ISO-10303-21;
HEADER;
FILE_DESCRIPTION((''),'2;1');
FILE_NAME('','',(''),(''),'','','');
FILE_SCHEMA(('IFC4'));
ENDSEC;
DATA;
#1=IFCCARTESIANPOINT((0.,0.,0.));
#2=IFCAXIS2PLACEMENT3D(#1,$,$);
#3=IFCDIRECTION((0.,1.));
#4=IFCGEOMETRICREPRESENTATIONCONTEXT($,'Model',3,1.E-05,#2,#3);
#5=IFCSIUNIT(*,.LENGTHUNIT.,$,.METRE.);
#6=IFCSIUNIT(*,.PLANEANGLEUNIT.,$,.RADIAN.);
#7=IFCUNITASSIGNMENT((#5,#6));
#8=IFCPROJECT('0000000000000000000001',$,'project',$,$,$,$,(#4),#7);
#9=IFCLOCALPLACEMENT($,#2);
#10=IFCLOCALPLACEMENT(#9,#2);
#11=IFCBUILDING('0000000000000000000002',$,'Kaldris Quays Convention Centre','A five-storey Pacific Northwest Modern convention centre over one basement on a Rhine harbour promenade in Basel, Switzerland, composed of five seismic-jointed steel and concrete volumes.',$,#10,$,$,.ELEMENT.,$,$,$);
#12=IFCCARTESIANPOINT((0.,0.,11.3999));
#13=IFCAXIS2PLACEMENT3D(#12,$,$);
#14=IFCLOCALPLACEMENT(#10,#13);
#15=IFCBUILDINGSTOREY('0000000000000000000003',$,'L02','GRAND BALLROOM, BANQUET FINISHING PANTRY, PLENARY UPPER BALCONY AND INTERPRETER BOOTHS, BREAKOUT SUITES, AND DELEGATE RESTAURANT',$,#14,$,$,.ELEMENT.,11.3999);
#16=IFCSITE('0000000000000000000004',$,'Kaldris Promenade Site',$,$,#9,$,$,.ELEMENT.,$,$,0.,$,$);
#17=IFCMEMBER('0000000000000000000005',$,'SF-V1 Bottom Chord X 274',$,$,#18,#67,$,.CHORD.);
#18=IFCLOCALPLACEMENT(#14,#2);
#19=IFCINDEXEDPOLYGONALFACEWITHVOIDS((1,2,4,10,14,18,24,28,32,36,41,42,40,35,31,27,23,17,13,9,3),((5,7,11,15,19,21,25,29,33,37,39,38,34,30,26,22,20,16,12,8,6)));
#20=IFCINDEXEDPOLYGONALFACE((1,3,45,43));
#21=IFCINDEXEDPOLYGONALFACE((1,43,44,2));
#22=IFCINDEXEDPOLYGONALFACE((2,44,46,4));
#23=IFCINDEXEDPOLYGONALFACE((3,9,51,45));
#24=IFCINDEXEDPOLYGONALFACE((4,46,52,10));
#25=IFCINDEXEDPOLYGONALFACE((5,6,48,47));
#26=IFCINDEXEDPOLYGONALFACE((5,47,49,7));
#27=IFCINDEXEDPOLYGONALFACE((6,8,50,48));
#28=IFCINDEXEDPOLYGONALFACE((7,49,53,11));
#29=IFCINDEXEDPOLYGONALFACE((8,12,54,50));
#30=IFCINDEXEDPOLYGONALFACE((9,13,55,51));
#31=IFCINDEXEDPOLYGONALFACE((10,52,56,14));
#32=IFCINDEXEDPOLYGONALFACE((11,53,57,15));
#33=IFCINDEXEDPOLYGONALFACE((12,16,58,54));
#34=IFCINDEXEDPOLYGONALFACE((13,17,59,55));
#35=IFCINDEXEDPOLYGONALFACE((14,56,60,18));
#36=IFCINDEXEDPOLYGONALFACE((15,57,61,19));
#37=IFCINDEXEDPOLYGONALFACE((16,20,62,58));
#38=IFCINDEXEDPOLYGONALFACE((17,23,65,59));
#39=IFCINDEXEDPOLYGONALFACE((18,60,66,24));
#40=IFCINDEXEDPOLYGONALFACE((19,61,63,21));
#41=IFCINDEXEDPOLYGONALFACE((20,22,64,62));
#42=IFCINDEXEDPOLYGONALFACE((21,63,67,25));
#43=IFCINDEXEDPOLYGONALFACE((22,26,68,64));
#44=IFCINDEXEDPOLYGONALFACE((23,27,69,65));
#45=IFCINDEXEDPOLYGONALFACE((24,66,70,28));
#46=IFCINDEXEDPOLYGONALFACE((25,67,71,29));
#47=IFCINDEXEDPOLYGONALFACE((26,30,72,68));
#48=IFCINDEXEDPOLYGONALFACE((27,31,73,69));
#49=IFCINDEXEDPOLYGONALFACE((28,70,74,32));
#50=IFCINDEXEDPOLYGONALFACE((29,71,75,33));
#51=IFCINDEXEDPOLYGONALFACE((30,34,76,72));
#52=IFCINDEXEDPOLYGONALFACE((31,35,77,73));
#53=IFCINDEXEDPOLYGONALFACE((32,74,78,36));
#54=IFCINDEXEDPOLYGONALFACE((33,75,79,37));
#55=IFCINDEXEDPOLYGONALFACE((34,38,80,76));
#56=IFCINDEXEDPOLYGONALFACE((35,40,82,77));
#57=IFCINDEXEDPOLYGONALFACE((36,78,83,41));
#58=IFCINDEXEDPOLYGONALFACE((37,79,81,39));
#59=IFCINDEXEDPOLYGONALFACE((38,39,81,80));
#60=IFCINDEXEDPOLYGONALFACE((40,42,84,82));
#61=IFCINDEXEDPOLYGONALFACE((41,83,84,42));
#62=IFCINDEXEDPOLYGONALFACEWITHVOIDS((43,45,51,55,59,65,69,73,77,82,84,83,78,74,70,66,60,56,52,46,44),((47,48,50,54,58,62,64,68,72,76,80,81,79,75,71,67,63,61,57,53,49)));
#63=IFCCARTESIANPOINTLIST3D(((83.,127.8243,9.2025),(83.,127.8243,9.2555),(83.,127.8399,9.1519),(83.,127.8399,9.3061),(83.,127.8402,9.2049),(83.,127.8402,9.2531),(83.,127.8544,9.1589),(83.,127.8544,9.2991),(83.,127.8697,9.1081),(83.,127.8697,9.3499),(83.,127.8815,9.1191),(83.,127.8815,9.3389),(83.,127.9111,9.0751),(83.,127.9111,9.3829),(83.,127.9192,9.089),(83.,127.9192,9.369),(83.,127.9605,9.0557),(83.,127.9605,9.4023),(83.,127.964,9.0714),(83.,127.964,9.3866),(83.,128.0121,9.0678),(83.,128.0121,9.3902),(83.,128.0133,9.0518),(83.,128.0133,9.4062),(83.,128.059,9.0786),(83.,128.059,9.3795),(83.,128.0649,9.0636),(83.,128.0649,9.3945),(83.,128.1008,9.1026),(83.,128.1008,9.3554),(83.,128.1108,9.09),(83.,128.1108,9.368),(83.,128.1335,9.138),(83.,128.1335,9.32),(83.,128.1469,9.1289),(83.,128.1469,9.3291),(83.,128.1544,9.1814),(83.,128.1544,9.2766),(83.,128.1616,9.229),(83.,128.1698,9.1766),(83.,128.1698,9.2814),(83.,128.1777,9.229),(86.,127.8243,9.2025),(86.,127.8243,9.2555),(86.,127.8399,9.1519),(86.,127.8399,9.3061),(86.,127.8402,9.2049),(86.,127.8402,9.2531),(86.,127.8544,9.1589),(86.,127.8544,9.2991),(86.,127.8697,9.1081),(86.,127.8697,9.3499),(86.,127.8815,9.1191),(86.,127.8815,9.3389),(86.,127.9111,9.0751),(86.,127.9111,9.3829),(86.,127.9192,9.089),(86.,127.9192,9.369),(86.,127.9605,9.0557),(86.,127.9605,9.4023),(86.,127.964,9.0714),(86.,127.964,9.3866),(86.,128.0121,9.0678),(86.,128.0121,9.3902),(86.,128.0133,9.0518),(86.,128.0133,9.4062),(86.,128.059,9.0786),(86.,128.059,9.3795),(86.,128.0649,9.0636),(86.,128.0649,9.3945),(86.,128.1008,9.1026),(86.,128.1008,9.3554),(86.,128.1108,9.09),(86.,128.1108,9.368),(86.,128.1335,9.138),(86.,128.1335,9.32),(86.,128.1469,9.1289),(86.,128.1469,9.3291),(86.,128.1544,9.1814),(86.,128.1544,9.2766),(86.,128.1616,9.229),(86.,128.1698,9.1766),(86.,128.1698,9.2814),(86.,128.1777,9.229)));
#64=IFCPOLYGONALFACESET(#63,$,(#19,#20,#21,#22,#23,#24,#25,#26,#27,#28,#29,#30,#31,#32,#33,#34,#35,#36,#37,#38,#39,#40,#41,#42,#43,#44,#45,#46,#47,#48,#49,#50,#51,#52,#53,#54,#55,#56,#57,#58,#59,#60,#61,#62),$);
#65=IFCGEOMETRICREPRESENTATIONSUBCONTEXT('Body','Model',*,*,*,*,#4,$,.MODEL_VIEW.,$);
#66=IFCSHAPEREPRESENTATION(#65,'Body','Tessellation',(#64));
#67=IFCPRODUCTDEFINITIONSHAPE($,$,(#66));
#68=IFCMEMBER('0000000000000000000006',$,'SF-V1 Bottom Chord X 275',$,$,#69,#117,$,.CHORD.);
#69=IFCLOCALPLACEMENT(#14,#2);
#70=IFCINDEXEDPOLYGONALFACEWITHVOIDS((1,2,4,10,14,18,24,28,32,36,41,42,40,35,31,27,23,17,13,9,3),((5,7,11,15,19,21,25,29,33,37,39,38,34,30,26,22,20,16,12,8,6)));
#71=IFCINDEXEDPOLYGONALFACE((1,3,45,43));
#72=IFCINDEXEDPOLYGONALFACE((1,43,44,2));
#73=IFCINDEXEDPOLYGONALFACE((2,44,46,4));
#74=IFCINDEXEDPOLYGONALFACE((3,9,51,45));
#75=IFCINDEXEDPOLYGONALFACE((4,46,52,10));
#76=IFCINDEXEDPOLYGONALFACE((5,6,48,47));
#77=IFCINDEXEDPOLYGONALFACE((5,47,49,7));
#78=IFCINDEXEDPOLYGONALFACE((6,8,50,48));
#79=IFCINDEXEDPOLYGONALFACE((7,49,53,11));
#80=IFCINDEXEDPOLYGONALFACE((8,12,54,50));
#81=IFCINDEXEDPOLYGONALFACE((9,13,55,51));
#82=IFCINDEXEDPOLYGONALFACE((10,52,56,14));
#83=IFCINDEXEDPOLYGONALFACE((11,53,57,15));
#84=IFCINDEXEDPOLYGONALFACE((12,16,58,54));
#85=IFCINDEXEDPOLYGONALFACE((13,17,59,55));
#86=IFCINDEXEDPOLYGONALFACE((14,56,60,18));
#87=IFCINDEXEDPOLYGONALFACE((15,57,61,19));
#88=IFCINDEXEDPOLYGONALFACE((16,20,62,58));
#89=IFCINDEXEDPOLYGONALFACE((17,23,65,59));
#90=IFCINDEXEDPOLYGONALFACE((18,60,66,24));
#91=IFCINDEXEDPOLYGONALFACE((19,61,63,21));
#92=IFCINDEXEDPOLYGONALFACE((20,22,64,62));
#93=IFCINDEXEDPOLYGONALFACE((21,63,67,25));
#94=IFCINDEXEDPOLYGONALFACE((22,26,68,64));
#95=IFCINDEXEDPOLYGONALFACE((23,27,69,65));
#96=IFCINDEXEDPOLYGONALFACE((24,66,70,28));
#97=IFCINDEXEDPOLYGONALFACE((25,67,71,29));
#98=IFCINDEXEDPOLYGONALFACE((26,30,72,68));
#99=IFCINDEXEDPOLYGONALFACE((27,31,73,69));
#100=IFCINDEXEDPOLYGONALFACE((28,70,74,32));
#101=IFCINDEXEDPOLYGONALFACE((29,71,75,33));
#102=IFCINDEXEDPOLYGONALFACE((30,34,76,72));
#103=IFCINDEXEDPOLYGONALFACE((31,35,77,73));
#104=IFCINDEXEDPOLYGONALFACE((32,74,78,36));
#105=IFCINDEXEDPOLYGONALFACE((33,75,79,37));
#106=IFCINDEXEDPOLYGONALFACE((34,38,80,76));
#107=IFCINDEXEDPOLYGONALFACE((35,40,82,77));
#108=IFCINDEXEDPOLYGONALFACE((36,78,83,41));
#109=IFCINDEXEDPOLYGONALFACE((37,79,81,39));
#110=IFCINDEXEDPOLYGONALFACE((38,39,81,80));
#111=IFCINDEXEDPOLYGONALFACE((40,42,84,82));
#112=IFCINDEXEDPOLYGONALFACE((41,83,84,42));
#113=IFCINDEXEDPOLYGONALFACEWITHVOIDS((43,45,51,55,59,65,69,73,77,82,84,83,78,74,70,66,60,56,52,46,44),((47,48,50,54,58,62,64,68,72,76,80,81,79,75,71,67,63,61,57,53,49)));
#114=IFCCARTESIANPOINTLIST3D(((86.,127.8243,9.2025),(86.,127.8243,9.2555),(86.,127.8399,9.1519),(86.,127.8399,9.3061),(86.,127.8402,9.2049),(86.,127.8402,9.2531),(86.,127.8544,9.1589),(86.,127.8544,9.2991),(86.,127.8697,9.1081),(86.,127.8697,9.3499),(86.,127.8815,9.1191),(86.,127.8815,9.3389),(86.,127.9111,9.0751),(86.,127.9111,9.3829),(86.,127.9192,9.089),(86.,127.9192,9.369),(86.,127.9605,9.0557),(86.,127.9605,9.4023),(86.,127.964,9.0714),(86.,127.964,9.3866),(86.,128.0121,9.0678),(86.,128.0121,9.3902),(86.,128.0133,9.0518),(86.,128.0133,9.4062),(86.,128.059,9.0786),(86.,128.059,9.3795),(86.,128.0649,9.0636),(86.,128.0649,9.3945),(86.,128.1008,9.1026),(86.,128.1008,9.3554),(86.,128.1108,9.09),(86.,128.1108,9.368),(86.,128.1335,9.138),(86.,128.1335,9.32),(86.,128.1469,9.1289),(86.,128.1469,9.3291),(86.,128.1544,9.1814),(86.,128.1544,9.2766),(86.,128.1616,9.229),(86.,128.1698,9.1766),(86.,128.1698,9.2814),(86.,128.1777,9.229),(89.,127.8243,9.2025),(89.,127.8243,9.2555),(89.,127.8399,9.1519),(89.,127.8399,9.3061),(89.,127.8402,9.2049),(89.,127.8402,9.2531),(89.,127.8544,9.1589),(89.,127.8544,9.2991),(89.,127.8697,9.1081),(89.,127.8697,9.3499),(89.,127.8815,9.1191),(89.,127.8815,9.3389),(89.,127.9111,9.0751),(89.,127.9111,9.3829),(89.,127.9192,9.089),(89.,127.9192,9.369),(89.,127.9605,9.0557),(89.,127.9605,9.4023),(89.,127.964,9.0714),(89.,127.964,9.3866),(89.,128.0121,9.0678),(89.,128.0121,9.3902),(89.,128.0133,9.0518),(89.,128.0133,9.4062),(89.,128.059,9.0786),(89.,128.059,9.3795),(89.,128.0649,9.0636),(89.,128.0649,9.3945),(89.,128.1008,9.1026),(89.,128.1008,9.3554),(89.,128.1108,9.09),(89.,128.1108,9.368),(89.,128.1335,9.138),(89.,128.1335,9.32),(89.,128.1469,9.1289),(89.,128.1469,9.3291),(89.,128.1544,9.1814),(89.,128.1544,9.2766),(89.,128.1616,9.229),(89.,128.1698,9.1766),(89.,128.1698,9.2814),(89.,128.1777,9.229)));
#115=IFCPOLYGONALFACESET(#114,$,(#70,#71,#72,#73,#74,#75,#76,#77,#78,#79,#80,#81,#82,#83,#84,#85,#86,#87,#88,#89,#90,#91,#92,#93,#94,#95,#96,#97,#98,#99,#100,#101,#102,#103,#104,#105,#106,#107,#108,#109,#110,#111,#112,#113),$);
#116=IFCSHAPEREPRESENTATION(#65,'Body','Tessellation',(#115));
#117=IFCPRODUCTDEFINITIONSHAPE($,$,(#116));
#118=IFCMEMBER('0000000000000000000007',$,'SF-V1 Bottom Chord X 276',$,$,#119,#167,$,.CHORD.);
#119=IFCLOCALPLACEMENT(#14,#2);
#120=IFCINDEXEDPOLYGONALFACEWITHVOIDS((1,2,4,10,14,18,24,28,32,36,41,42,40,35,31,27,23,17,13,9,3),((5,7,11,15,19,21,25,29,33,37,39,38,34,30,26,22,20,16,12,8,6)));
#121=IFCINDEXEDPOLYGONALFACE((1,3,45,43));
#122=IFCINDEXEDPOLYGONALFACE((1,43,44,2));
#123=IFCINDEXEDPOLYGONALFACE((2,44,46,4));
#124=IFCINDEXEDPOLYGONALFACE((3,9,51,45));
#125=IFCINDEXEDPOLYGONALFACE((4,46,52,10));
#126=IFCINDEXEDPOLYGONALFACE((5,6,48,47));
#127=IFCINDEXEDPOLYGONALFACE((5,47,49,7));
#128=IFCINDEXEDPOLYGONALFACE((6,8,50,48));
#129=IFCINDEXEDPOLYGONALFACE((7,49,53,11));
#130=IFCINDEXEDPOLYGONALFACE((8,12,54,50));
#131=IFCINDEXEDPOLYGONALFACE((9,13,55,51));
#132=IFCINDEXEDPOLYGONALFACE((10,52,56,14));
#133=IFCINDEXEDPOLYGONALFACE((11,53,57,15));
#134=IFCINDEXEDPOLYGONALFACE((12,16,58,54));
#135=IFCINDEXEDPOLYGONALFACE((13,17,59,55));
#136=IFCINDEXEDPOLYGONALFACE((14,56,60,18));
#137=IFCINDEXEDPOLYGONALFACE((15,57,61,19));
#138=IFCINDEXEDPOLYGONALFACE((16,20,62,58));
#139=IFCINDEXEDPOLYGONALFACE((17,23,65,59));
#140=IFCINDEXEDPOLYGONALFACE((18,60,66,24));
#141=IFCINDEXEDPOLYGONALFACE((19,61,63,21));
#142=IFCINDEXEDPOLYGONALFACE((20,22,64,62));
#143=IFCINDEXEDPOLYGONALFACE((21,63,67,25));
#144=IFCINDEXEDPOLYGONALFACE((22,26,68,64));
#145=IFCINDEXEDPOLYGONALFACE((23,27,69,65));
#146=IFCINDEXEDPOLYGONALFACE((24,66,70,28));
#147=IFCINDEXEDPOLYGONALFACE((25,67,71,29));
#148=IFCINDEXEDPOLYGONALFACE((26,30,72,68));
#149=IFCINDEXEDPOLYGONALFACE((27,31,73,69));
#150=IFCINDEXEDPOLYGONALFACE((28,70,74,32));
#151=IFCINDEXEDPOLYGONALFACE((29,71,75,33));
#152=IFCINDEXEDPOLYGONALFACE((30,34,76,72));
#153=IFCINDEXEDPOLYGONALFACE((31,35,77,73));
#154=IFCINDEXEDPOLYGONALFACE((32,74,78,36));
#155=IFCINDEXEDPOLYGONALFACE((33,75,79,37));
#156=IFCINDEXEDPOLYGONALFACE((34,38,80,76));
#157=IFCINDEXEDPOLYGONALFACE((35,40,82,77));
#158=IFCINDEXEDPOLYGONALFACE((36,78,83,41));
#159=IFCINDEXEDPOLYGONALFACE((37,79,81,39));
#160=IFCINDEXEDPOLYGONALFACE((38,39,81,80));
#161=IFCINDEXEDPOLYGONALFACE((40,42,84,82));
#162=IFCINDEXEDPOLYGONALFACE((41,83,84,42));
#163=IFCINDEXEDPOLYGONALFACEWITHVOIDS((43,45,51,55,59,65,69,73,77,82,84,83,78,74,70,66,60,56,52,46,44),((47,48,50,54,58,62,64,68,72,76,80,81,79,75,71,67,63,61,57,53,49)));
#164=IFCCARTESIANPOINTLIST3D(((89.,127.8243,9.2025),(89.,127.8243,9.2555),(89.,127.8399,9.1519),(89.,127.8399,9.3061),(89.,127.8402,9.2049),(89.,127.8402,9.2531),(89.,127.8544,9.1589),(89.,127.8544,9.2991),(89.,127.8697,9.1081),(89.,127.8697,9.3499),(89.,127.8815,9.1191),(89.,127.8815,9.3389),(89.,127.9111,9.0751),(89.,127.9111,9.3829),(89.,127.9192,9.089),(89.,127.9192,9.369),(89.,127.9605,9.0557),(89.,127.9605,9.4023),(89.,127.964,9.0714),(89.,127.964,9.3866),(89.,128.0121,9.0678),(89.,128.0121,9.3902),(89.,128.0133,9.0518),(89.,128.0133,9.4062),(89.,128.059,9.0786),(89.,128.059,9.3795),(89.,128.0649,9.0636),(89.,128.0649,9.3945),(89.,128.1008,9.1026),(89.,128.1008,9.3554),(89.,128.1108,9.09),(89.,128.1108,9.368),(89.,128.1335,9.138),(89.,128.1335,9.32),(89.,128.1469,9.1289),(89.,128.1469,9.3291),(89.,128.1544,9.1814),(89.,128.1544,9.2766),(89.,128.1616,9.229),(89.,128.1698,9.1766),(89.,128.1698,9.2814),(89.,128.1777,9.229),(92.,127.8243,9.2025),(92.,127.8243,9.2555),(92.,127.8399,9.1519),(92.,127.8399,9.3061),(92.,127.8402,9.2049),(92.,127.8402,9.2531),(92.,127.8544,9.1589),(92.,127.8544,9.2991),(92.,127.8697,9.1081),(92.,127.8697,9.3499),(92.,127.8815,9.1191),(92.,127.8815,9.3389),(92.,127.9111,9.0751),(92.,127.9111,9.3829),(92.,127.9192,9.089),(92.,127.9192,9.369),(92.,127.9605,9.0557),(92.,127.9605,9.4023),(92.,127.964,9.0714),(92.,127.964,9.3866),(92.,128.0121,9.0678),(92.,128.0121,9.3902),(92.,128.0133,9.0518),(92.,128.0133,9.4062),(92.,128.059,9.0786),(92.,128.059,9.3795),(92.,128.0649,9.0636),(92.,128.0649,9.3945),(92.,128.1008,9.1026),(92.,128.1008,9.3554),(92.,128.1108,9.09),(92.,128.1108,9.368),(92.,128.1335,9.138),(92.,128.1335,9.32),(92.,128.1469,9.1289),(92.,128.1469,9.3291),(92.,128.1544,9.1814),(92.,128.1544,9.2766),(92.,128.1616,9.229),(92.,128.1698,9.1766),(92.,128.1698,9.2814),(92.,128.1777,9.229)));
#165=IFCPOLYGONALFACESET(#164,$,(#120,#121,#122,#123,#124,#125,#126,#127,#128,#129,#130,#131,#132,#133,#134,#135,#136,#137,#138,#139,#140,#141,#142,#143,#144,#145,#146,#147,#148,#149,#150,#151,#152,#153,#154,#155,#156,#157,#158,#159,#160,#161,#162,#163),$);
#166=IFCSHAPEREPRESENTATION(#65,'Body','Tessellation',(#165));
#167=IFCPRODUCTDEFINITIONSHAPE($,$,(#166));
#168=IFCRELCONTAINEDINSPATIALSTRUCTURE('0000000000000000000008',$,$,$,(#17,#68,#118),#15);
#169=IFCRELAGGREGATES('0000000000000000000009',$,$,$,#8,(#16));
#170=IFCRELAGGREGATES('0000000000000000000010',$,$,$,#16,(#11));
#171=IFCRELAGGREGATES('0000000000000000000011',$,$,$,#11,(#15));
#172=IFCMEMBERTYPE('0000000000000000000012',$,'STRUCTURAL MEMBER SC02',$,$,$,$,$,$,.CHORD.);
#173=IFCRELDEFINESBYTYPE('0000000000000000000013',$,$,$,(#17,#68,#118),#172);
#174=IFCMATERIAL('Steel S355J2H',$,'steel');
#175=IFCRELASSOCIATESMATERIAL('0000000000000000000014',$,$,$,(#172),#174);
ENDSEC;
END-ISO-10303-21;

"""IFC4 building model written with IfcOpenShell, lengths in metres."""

from ifc_helpers import new_model, si_unit, direction, frame, origin, origin_2d, place, context, subcontext, project, spatial, hollow_circle, extrude, material, material_profile, profile_set, type_object, element, save


model = new_model("IFC4")

# Units and contexts
model_context = context("Model", 3, precision=1e-05, world=origin(), true_north=direction((0.0, 1.0)))
body_context = subcontext(model_context, "Body", "Model", "MODEL_VIEW")
ifc_project = project(units=[si_unit("LENGTHUNIT", "METRE"), si_unit("PLANEANGLEUNIT", "RADIAN")], contexts=[model_context])

# Site, building, storey
site_placement = place(None, origin())
site = spatial("IfcSite", under=ifc_project, at=site_placement, Name="Kaldris Promenade Site", CompositionType="ELEMENT", RefElevation=0.0)
building_placement = place(site_placement, origin())
building = spatial("IfcBuilding", under=site, at=building_placement, Name="Kaldris Quays Convention Centre", Description="A five-storey Pacific Northwest Modern convention centre over one basement on a Rhine harbour promenade in Basel, Switzerland, composed of five seismic-jointed steel and concrete volumes.", CompositionType="ELEMENT")
storey_placement = place(building_placement, frame((0.0, 0.0, 11.3999)))
storey = spatial("IfcBuildingStorey", under=building, at=storey_placement, Name="L02", Description="GRAND BALLROOM, BANQUET FINISHING PANTRY, PLENARY UPPER BALCONY AND INTERPRETER BOOTHS, BREAKOUT SUITES, AND DELEGATE RESTAURANT", CompositionType="ELEMENT", Elevation=11.3999)

# Members
ifc_material_1 = material(Name="Steel S355J2H", Category="steel")
ifc_material_profile_1 = material_profile(ifc_material_1, hollow_circle(Radius=0.1777, WallThickness=0.0161, at=origin_2d()), Name="CHS 355.6x16")
ifc_profile_set_1 = profile_set([ifc_material_profile_1], Name="Steel S355J2H")
member_type_1 = type_object("IfcMemberType", Name="STRUCTURAL MEMBER SC02", PredefinedType="CHORD", material=ifc_profile_set_1)
for number, where, z_axis, x_axis, name in (
    (1, (83.0, 128.0, 9.229), (1.0, 0.0, 0.0), (0.0, 1.0, 0.0), "SF-V1 Bottom Chord X 274"),
    (2, (86.0, 128.0, 9.229), (1.0, 0.0, 0.0), (0.0, 1.0, 0.0), "SF-V1 Bottom Chord X 275"),
    (3, (89.0, 128.0, 9.229), (1.0, 0.0, 0.0), (0.0, 1.0, 0.0), "SF-V1 Bottom Chord X 276"),
):
    element("IfcMember", number, at=place(storey_placement, frame(where, z_axis=z_axis, x_axis=x_axis)), inside=storey, type_object=member_type_1, Name=name, PredefinedType="CHORD", context=body_context, shape_type="SweptSolid", body=[
        extrude(hollow_circle(Radius=0.1777, WallThickness=0.0161, at=origin_2d()), origin(), (0.0, 0.0, 1.0), 3.0),
    ])

save(model, "model.ifc")
